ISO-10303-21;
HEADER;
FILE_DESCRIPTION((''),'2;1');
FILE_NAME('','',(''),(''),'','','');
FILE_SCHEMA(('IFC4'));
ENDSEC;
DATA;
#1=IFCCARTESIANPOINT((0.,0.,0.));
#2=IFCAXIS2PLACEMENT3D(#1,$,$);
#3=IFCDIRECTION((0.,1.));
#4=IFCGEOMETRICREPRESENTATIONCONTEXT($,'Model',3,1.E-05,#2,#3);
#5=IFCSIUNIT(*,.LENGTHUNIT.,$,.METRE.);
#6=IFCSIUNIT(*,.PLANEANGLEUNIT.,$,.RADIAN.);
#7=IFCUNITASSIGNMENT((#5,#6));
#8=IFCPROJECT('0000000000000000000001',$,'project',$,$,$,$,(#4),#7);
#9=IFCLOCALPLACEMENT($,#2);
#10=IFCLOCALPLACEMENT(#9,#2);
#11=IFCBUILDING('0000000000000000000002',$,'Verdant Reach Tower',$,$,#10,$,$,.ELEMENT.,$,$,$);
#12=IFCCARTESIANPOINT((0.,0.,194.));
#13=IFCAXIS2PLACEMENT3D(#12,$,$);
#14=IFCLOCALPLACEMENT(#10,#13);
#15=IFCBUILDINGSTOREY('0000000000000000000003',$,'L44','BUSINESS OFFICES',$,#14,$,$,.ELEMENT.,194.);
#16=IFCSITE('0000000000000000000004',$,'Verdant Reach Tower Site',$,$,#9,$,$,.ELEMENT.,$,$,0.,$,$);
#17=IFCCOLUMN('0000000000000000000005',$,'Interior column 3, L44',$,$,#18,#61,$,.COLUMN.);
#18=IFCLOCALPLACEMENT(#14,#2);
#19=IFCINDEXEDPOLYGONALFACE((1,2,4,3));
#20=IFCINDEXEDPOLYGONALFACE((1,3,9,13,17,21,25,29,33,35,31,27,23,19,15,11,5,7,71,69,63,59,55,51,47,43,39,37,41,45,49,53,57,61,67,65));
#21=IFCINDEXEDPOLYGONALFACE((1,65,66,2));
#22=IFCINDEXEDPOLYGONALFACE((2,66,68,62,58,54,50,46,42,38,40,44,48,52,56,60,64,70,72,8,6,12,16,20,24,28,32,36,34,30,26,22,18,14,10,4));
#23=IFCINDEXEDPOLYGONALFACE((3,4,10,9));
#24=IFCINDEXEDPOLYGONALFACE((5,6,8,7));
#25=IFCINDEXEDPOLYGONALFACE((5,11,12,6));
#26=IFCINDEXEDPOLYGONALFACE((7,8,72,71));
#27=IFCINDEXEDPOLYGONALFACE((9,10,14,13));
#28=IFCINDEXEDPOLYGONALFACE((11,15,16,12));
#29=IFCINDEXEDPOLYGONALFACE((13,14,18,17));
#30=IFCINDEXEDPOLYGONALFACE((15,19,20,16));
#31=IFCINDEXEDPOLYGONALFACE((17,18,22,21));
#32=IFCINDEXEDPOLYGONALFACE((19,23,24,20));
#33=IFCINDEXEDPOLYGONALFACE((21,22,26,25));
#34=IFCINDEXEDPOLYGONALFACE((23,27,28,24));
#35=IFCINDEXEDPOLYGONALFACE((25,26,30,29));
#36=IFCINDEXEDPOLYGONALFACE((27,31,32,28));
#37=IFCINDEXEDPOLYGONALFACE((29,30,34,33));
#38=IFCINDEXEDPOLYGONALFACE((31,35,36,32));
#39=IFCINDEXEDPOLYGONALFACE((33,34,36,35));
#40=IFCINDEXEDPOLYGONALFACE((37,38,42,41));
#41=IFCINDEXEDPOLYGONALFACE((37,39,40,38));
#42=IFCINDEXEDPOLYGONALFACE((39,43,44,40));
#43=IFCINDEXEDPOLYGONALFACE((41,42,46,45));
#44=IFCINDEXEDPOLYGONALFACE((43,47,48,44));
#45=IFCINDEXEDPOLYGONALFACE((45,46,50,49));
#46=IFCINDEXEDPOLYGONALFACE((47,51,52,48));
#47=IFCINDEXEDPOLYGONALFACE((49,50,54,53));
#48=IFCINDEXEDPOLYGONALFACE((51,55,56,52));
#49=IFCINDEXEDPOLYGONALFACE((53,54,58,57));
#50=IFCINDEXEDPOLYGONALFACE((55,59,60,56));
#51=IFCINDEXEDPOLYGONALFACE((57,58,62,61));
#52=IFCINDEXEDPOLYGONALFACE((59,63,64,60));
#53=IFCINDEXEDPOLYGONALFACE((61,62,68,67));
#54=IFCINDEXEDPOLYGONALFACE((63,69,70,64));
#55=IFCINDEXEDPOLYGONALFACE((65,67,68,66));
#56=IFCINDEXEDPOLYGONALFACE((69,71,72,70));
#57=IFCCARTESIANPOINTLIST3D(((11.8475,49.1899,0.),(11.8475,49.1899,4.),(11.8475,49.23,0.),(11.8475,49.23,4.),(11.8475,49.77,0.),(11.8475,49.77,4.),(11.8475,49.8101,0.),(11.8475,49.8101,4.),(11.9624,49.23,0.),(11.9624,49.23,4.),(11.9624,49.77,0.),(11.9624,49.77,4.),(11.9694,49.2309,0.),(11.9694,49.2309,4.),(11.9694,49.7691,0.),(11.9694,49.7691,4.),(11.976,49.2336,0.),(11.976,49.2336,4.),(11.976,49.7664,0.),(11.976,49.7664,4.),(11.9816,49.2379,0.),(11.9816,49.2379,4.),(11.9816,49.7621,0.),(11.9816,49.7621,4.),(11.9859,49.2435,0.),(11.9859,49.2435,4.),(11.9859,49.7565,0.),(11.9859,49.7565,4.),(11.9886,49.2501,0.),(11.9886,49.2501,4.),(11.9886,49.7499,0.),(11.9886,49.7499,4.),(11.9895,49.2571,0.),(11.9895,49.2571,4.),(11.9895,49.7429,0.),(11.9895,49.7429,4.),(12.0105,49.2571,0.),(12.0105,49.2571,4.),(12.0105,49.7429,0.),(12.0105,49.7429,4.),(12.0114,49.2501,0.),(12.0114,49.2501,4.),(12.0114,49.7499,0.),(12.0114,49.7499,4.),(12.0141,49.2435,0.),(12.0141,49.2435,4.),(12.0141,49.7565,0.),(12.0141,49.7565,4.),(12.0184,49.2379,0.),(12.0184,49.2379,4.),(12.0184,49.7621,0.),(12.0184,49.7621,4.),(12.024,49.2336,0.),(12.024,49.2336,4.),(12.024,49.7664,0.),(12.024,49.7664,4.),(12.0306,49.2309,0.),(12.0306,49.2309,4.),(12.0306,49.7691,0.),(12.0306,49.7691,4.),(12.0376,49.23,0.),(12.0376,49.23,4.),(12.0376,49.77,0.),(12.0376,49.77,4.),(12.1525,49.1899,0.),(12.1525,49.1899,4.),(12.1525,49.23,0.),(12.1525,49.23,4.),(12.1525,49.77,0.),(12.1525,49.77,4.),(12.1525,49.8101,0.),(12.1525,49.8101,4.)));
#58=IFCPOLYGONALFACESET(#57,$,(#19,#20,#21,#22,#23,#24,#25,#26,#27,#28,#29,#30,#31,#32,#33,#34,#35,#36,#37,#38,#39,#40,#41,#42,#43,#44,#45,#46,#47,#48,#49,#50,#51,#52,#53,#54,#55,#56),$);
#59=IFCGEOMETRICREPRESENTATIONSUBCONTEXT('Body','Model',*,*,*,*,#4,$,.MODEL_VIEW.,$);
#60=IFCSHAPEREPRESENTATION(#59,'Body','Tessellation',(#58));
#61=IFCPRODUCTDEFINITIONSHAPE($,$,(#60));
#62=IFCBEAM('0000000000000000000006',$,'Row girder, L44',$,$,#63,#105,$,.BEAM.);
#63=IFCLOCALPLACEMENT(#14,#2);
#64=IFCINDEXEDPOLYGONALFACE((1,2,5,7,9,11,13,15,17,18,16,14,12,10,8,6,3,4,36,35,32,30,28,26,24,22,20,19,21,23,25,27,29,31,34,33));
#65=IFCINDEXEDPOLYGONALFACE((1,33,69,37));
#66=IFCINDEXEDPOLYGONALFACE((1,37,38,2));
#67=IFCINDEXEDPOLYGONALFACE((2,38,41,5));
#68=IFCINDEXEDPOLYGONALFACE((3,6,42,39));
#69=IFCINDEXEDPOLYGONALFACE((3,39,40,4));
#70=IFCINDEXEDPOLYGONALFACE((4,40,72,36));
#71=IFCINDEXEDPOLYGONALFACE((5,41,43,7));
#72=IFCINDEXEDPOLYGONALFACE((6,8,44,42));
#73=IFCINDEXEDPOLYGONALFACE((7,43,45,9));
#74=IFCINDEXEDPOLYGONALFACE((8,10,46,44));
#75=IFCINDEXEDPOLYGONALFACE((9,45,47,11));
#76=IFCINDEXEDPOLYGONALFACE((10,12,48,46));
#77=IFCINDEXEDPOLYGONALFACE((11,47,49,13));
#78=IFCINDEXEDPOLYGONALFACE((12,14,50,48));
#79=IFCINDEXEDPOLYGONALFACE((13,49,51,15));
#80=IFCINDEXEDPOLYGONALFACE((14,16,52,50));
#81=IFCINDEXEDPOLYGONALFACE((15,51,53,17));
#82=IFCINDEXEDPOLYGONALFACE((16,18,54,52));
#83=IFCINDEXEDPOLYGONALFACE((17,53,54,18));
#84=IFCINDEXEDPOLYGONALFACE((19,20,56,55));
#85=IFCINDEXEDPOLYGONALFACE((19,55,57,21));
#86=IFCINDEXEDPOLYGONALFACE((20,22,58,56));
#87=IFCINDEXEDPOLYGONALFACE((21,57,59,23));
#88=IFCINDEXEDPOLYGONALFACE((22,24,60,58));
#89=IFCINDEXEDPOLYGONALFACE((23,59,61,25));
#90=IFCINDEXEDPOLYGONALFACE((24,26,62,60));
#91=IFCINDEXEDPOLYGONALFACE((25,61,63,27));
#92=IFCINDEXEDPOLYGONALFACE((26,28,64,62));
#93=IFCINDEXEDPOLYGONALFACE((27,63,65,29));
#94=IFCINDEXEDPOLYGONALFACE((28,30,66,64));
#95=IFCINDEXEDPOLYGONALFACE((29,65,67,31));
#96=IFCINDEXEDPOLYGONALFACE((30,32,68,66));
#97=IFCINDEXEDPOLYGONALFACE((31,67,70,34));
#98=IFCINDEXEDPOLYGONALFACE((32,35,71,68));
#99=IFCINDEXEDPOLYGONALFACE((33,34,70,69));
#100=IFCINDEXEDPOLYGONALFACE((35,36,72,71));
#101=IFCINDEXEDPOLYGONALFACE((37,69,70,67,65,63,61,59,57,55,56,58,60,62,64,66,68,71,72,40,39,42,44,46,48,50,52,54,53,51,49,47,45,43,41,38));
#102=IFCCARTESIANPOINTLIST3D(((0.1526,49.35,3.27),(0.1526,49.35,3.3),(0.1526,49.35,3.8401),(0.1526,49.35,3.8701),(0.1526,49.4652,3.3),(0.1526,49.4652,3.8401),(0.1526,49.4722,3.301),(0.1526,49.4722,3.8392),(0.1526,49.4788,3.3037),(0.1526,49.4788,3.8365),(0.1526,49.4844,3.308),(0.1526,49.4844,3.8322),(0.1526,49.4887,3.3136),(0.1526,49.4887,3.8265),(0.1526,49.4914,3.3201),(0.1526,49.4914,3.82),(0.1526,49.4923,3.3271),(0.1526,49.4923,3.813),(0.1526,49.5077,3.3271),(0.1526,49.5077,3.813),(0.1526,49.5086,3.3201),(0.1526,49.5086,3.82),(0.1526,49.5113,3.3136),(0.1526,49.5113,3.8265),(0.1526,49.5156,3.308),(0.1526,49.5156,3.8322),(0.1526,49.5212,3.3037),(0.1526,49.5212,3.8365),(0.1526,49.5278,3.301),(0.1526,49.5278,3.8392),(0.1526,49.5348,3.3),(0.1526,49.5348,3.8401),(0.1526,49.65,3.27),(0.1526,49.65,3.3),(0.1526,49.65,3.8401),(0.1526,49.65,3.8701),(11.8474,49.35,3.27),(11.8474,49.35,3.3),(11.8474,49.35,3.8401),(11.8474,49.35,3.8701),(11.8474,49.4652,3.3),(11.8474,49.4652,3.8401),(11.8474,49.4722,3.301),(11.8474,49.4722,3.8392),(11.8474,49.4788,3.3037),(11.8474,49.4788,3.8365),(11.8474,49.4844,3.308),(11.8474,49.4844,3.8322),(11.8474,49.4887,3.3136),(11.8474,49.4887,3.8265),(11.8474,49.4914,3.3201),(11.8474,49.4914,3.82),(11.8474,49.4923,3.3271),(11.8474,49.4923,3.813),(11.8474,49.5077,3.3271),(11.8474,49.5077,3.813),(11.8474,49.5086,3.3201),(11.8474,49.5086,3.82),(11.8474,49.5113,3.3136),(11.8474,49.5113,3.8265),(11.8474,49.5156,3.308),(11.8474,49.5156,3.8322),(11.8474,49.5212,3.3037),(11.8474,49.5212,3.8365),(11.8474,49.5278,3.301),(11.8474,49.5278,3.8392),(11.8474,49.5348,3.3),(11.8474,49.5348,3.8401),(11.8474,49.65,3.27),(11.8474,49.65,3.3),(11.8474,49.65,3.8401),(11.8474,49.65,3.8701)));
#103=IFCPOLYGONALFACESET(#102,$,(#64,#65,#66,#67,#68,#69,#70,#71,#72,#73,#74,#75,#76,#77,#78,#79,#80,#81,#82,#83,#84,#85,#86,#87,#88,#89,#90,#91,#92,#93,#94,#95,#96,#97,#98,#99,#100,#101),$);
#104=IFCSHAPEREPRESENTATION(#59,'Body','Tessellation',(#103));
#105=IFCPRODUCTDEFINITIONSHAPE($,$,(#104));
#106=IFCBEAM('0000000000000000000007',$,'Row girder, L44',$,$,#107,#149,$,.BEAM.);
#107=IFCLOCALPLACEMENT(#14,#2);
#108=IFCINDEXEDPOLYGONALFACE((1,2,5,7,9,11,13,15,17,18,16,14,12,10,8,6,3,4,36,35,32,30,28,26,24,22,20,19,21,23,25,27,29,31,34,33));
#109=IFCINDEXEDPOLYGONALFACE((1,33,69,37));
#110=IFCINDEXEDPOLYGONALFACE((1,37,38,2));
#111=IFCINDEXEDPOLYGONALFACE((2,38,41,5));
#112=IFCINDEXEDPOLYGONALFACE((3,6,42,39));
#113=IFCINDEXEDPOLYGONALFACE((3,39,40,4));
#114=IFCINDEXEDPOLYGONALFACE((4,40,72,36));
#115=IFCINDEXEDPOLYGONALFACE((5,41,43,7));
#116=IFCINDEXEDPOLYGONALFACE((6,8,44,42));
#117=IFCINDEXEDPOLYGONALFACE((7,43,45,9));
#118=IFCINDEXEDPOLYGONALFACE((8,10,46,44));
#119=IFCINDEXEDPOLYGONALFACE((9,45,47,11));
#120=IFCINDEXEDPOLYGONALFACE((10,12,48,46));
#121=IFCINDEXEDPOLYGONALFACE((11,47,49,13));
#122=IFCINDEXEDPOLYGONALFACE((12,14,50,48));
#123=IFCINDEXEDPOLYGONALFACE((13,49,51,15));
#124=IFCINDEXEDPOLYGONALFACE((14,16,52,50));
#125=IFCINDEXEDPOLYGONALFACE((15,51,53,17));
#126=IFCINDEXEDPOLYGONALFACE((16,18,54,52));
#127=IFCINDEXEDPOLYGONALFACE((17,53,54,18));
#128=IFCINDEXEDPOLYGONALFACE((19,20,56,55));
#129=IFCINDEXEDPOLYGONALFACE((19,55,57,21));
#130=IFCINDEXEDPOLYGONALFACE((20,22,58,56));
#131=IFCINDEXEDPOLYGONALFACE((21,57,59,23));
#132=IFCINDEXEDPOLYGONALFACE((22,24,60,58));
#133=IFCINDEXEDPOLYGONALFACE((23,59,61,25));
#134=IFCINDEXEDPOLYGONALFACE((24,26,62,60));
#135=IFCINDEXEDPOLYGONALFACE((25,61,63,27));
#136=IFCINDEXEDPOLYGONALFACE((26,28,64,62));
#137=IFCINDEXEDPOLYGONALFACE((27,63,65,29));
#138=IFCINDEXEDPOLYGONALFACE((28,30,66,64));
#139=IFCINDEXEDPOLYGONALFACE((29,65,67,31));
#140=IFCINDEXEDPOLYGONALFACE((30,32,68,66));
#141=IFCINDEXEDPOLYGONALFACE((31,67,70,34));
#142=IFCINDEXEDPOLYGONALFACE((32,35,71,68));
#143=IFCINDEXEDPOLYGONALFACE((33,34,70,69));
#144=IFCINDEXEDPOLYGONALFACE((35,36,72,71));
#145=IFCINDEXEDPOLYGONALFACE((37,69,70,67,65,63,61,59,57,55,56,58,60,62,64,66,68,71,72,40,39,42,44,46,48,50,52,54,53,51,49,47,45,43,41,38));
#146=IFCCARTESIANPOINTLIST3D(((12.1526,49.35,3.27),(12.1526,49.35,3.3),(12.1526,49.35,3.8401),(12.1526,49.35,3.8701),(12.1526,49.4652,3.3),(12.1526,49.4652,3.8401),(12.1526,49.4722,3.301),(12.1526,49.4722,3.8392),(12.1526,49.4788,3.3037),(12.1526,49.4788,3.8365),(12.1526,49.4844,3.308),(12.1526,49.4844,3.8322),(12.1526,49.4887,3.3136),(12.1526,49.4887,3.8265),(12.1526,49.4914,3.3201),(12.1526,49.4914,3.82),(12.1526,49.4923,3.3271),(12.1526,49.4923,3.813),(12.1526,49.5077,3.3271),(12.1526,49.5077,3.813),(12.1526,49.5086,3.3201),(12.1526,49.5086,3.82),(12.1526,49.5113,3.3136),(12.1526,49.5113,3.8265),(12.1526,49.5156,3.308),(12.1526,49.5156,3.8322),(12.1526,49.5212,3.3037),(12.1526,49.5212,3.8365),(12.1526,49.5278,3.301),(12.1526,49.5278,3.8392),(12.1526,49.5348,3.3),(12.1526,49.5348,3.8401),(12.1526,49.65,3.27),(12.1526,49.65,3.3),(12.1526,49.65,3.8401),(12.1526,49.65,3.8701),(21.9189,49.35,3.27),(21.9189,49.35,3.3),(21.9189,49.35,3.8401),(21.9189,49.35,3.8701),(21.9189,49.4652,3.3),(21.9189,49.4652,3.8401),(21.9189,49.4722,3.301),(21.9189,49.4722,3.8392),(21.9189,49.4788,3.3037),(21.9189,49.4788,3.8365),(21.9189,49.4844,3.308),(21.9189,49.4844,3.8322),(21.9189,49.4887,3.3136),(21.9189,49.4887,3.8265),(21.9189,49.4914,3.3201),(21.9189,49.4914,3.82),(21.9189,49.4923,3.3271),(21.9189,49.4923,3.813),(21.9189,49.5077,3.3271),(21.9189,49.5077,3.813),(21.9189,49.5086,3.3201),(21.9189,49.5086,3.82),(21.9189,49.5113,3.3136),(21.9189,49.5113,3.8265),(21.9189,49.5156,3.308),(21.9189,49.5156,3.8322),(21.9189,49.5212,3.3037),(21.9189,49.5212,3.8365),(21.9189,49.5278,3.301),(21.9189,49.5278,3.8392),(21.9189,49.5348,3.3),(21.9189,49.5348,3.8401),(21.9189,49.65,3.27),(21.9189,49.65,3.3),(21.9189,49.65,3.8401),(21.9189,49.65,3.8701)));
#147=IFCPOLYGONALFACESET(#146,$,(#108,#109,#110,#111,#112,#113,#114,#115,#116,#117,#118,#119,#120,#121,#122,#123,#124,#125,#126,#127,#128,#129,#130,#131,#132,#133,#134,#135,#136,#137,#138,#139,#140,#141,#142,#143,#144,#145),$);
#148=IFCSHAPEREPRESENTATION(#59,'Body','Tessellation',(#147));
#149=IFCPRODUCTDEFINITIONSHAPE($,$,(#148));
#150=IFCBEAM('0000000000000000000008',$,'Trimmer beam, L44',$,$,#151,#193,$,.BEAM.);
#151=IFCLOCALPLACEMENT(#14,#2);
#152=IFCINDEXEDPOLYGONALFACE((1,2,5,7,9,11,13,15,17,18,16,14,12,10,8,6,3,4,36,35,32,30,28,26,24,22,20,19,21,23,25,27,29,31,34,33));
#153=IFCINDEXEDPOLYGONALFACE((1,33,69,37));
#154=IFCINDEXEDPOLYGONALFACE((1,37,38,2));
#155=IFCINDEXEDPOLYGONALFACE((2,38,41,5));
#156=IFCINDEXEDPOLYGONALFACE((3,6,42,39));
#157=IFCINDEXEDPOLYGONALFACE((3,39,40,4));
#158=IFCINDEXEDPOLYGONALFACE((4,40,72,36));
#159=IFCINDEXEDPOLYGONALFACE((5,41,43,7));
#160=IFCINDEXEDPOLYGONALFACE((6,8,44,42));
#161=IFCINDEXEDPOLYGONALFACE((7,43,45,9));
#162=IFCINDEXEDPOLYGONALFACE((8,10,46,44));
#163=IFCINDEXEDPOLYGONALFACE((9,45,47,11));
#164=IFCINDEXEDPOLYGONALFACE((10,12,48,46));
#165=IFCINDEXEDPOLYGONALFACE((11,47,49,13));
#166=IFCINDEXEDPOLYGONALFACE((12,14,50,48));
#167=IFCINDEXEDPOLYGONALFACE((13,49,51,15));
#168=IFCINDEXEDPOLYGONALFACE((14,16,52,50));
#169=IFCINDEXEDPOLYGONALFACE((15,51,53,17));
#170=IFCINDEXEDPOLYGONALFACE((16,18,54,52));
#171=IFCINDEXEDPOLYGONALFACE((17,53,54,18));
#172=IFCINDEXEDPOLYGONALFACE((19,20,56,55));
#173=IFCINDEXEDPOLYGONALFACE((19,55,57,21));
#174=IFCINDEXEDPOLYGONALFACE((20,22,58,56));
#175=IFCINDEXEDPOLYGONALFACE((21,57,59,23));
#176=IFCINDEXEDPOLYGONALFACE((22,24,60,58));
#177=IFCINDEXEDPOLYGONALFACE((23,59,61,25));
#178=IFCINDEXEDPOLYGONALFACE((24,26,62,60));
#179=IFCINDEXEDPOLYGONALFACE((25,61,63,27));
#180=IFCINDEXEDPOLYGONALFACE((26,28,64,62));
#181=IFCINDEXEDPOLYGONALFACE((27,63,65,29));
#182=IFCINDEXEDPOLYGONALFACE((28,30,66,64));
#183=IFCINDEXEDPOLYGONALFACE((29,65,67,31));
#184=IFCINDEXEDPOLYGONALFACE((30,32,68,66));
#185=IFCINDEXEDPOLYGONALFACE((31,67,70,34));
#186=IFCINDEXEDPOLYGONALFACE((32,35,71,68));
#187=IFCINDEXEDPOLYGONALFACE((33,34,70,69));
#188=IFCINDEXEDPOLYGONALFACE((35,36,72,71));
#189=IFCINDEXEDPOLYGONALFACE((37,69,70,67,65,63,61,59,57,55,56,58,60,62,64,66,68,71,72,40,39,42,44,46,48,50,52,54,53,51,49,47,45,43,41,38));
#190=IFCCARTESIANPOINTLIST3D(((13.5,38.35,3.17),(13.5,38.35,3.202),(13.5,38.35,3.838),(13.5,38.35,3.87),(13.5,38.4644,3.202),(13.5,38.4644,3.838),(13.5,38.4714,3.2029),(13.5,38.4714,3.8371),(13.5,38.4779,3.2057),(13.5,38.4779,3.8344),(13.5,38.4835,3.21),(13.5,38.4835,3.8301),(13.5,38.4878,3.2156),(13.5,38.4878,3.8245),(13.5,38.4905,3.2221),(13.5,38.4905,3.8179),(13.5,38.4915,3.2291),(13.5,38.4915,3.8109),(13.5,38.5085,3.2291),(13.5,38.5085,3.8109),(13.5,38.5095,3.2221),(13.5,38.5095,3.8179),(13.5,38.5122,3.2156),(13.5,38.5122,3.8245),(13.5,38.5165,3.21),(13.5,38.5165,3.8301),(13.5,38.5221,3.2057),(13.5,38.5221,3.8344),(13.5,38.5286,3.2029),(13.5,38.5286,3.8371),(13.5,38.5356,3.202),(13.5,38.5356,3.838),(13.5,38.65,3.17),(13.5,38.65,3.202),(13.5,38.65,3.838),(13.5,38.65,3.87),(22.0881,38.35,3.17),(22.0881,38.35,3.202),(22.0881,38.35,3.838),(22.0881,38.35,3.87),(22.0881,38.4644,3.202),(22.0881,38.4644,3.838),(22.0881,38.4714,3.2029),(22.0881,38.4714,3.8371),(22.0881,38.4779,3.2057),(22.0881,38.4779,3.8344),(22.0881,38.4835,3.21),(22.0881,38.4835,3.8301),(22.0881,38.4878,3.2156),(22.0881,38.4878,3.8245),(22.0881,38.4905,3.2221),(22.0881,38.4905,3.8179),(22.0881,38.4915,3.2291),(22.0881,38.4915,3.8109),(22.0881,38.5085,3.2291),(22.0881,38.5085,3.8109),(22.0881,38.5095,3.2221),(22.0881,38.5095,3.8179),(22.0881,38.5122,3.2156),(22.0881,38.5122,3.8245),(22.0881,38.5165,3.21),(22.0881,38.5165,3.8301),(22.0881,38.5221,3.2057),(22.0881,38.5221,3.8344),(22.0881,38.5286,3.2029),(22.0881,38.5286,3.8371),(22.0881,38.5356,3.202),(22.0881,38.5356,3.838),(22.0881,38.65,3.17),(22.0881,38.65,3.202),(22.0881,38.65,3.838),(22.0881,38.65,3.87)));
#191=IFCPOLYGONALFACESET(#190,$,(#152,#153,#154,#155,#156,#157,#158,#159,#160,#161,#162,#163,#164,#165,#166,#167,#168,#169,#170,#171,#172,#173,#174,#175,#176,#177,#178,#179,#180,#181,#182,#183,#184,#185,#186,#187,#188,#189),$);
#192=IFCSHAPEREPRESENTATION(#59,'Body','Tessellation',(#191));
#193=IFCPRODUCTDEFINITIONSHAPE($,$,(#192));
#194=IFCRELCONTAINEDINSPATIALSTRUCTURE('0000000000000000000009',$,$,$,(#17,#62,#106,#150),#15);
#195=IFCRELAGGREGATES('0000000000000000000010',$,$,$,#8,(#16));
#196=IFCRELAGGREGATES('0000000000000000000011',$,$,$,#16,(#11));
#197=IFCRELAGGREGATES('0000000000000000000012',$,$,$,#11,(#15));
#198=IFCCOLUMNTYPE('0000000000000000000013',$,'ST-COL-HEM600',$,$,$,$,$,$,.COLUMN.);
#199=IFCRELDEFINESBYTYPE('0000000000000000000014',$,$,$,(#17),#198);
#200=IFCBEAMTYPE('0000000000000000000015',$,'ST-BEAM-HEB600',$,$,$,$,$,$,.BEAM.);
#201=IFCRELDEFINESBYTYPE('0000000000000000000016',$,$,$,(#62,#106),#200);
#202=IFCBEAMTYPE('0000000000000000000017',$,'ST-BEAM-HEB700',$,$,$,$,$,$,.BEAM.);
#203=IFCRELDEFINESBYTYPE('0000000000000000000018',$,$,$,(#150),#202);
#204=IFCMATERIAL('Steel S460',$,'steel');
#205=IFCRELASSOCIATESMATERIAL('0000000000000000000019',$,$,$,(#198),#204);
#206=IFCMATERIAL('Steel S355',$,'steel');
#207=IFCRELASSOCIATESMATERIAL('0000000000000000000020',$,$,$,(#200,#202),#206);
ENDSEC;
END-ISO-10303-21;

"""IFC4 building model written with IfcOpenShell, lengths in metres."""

from ifc_helpers import new_model, si_unit, direction, frame, origin, origin_2d, place, context, subcontext, project, spatial, i_section, extrude, material, material_profile, profile_set, type_object, element, save


model = new_model("IFC4")

# Units and contexts
model_context = context("Model", 3, precision=1e-05, world=origin(), true_north=direction((0.0, 1.0)))
body_context = subcontext(model_context, "Body", "Model", "MODEL_VIEW")
ifc_project = project(units=[si_unit("LENGTHUNIT", "METRE"), si_unit("PLANEANGLEUNIT", "RADIAN")], contexts=[model_context])

# Site, building, storey
site_placement = place(None, origin())
site = spatial("IfcSite", under=ifc_project, at=site_placement, Name="Verdant Reach Tower Site", CompositionType="ELEMENT", RefElevation=0.0)
building_placement = place(site_placement, origin())
building = spatial("IfcBuilding", under=site, at=building_placement, Name="Verdant Reach Tower", CompositionType="ELEMENT")
storey_placement = place(building_placement, frame((0.0, 0.0, 194.0)))
storey = spatial("IfcBuildingStorey", under=building, at=storey_placement, Name="L44", Description="BUSINESS OFFICES", CompositionType="ELEMENT", Elevation=194.0)

# Column
ifc_material_1 = material(Name="Steel S460", Category="steel")
ifc_material_profile_1 = material_profile(ifc_material_1, i_section(OverallWidth=0.3049, OverallDepth=0.6201, WebThickness=0.021, FlangeThickness=0.04, FilletRadius=0.0271, at=origin_2d()), Name="HEM 600")
ifc_profile_set_1 = profile_set([ifc_material_profile_1], Name="Steel S460")
column_type = type_object("IfcColumnType", Name="ST-COL-HEM600", PredefinedType="COLUMN", material=ifc_profile_set_1)
column_placement = place(storey_placement, frame((12.0, 49.5, 0.0), z_axis=(0.0, 0.0, 1.0), x_axis=(1.0, 0.0, 0.0)))
element("IfcColumn", 1, at=column_placement, inside=storey, type_object=column_type, Name="Interior column 3, L44", PredefinedType="COLUMN", context=body_context, shape_type="SweptSolid", body=[
    extrude(i_section(OverallWidth=0.3049, OverallDepth=0.6201, WebThickness=0.021, FlangeThickness=0.04, FilletRadius=0.0271, at=origin_2d()), origin(), (0.0, 0.0, 1.0), 4.0),
])

# Beams
ifc_material_2 = material(Name="Steel S355", Category="steel")
ifc_material_profile_2 = material_profile(ifc_material_2, i_section(OverallWidth=0.3, OverallDepth=0.6001, WebThickness=0.0154, FlangeThickness=0.03, FilletRadius=0.0271, at=origin_2d()), Name="HEB 600")
ifc_profile_set_2 = profile_set([ifc_material_profile_2], Name="Steel S355")
beam_type_1 = type_object("IfcBeamType", Name="ST-BEAM-HEB600", PredefinedType="BEAM", material=ifc_profile_set_2)
beam_1_placement = place(storey_placement, frame((0.1526, 49.5, 3.5701), z_axis=(1.0, 0.0, 0.0), x_axis=(0.0, 1.0, 0.0)))
element("IfcBeam", 2, at=beam_1_placement, inside=storey, type_object=beam_type_1, Name="Row girder, L44", PredefinedType="BEAM", context=body_context, shape_type="SweptSolid", body=[
    extrude(i_section(OverallWidth=0.3, OverallDepth=0.6001, WebThickness=0.0154, FlangeThickness=0.03, FilletRadius=0.0271, at=origin_2d()), origin(), (0.0, 0.0, 1.0), 11.6948),
])
beam_2_placement = place(storey_placement, frame((12.1526, 49.5, 3.5701), z_axis=(1.0, 0.0, 0.0), x_axis=(0.0, 1.0, 0.0)))
element("IfcBeam", 3, at=beam_2_placement, inside=storey, type_object=beam_type_1, Name="Row girder, L44", PredefinedType="BEAM", context=body_context, shape_type="SweptSolid", body=[
    extrude(i_section(OverallWidth=0.3, OverallDepth=0.6001, WebThickness=0.0154, FlangeThickness=0.03, FilletRadius=0.0271, at=origin_2d()), origin(), (0.0, 0.0, 1.0), 9.7664),
])
ifc_material_profile_3 = material_profile(ifc_material_2, i_section(OverallWidth=0.3, OverallDepth=0.7, WebThickness=0.0171, FlangeThickness=0.032, FilletRadius=0.0271, at=origin_2d()), Name="HEB 700")
ifc_profile_set_3 = profile_set([ifc_material_profile_3], Name="Steel S355")
beam_type_2 = type_object("IfcBeamType", Name="ST-BEAM-HEB700", PredefinedType="BEAM", material=ifc_profile_set_3)
beam_3_placement = place(storey_placement, frame((13.5, 38.5, 3.52), z_axis=(1.0, 0.0, 0.0), x_axis=(0.0, 1.0, 0.0)))
element("IfcBeam", 4, at=beam_3_placement, inside=storey, type_object=beam_type_2, Name="Trimmer beam, L44", PredefinedType="BEAM", context=body_context, shape_type="SweptSolid", body=[
    extrude(i_section(OverallWidth=0.3, OverallDepth=0.7, WebThickness=0.0171, FlangeThickness=0.032, FilletRadius=0.0271, at=origin_2d()), origin(), (0.0, 0.0, 1.0), 8.5881),
])

save(model, "model.ifc")
